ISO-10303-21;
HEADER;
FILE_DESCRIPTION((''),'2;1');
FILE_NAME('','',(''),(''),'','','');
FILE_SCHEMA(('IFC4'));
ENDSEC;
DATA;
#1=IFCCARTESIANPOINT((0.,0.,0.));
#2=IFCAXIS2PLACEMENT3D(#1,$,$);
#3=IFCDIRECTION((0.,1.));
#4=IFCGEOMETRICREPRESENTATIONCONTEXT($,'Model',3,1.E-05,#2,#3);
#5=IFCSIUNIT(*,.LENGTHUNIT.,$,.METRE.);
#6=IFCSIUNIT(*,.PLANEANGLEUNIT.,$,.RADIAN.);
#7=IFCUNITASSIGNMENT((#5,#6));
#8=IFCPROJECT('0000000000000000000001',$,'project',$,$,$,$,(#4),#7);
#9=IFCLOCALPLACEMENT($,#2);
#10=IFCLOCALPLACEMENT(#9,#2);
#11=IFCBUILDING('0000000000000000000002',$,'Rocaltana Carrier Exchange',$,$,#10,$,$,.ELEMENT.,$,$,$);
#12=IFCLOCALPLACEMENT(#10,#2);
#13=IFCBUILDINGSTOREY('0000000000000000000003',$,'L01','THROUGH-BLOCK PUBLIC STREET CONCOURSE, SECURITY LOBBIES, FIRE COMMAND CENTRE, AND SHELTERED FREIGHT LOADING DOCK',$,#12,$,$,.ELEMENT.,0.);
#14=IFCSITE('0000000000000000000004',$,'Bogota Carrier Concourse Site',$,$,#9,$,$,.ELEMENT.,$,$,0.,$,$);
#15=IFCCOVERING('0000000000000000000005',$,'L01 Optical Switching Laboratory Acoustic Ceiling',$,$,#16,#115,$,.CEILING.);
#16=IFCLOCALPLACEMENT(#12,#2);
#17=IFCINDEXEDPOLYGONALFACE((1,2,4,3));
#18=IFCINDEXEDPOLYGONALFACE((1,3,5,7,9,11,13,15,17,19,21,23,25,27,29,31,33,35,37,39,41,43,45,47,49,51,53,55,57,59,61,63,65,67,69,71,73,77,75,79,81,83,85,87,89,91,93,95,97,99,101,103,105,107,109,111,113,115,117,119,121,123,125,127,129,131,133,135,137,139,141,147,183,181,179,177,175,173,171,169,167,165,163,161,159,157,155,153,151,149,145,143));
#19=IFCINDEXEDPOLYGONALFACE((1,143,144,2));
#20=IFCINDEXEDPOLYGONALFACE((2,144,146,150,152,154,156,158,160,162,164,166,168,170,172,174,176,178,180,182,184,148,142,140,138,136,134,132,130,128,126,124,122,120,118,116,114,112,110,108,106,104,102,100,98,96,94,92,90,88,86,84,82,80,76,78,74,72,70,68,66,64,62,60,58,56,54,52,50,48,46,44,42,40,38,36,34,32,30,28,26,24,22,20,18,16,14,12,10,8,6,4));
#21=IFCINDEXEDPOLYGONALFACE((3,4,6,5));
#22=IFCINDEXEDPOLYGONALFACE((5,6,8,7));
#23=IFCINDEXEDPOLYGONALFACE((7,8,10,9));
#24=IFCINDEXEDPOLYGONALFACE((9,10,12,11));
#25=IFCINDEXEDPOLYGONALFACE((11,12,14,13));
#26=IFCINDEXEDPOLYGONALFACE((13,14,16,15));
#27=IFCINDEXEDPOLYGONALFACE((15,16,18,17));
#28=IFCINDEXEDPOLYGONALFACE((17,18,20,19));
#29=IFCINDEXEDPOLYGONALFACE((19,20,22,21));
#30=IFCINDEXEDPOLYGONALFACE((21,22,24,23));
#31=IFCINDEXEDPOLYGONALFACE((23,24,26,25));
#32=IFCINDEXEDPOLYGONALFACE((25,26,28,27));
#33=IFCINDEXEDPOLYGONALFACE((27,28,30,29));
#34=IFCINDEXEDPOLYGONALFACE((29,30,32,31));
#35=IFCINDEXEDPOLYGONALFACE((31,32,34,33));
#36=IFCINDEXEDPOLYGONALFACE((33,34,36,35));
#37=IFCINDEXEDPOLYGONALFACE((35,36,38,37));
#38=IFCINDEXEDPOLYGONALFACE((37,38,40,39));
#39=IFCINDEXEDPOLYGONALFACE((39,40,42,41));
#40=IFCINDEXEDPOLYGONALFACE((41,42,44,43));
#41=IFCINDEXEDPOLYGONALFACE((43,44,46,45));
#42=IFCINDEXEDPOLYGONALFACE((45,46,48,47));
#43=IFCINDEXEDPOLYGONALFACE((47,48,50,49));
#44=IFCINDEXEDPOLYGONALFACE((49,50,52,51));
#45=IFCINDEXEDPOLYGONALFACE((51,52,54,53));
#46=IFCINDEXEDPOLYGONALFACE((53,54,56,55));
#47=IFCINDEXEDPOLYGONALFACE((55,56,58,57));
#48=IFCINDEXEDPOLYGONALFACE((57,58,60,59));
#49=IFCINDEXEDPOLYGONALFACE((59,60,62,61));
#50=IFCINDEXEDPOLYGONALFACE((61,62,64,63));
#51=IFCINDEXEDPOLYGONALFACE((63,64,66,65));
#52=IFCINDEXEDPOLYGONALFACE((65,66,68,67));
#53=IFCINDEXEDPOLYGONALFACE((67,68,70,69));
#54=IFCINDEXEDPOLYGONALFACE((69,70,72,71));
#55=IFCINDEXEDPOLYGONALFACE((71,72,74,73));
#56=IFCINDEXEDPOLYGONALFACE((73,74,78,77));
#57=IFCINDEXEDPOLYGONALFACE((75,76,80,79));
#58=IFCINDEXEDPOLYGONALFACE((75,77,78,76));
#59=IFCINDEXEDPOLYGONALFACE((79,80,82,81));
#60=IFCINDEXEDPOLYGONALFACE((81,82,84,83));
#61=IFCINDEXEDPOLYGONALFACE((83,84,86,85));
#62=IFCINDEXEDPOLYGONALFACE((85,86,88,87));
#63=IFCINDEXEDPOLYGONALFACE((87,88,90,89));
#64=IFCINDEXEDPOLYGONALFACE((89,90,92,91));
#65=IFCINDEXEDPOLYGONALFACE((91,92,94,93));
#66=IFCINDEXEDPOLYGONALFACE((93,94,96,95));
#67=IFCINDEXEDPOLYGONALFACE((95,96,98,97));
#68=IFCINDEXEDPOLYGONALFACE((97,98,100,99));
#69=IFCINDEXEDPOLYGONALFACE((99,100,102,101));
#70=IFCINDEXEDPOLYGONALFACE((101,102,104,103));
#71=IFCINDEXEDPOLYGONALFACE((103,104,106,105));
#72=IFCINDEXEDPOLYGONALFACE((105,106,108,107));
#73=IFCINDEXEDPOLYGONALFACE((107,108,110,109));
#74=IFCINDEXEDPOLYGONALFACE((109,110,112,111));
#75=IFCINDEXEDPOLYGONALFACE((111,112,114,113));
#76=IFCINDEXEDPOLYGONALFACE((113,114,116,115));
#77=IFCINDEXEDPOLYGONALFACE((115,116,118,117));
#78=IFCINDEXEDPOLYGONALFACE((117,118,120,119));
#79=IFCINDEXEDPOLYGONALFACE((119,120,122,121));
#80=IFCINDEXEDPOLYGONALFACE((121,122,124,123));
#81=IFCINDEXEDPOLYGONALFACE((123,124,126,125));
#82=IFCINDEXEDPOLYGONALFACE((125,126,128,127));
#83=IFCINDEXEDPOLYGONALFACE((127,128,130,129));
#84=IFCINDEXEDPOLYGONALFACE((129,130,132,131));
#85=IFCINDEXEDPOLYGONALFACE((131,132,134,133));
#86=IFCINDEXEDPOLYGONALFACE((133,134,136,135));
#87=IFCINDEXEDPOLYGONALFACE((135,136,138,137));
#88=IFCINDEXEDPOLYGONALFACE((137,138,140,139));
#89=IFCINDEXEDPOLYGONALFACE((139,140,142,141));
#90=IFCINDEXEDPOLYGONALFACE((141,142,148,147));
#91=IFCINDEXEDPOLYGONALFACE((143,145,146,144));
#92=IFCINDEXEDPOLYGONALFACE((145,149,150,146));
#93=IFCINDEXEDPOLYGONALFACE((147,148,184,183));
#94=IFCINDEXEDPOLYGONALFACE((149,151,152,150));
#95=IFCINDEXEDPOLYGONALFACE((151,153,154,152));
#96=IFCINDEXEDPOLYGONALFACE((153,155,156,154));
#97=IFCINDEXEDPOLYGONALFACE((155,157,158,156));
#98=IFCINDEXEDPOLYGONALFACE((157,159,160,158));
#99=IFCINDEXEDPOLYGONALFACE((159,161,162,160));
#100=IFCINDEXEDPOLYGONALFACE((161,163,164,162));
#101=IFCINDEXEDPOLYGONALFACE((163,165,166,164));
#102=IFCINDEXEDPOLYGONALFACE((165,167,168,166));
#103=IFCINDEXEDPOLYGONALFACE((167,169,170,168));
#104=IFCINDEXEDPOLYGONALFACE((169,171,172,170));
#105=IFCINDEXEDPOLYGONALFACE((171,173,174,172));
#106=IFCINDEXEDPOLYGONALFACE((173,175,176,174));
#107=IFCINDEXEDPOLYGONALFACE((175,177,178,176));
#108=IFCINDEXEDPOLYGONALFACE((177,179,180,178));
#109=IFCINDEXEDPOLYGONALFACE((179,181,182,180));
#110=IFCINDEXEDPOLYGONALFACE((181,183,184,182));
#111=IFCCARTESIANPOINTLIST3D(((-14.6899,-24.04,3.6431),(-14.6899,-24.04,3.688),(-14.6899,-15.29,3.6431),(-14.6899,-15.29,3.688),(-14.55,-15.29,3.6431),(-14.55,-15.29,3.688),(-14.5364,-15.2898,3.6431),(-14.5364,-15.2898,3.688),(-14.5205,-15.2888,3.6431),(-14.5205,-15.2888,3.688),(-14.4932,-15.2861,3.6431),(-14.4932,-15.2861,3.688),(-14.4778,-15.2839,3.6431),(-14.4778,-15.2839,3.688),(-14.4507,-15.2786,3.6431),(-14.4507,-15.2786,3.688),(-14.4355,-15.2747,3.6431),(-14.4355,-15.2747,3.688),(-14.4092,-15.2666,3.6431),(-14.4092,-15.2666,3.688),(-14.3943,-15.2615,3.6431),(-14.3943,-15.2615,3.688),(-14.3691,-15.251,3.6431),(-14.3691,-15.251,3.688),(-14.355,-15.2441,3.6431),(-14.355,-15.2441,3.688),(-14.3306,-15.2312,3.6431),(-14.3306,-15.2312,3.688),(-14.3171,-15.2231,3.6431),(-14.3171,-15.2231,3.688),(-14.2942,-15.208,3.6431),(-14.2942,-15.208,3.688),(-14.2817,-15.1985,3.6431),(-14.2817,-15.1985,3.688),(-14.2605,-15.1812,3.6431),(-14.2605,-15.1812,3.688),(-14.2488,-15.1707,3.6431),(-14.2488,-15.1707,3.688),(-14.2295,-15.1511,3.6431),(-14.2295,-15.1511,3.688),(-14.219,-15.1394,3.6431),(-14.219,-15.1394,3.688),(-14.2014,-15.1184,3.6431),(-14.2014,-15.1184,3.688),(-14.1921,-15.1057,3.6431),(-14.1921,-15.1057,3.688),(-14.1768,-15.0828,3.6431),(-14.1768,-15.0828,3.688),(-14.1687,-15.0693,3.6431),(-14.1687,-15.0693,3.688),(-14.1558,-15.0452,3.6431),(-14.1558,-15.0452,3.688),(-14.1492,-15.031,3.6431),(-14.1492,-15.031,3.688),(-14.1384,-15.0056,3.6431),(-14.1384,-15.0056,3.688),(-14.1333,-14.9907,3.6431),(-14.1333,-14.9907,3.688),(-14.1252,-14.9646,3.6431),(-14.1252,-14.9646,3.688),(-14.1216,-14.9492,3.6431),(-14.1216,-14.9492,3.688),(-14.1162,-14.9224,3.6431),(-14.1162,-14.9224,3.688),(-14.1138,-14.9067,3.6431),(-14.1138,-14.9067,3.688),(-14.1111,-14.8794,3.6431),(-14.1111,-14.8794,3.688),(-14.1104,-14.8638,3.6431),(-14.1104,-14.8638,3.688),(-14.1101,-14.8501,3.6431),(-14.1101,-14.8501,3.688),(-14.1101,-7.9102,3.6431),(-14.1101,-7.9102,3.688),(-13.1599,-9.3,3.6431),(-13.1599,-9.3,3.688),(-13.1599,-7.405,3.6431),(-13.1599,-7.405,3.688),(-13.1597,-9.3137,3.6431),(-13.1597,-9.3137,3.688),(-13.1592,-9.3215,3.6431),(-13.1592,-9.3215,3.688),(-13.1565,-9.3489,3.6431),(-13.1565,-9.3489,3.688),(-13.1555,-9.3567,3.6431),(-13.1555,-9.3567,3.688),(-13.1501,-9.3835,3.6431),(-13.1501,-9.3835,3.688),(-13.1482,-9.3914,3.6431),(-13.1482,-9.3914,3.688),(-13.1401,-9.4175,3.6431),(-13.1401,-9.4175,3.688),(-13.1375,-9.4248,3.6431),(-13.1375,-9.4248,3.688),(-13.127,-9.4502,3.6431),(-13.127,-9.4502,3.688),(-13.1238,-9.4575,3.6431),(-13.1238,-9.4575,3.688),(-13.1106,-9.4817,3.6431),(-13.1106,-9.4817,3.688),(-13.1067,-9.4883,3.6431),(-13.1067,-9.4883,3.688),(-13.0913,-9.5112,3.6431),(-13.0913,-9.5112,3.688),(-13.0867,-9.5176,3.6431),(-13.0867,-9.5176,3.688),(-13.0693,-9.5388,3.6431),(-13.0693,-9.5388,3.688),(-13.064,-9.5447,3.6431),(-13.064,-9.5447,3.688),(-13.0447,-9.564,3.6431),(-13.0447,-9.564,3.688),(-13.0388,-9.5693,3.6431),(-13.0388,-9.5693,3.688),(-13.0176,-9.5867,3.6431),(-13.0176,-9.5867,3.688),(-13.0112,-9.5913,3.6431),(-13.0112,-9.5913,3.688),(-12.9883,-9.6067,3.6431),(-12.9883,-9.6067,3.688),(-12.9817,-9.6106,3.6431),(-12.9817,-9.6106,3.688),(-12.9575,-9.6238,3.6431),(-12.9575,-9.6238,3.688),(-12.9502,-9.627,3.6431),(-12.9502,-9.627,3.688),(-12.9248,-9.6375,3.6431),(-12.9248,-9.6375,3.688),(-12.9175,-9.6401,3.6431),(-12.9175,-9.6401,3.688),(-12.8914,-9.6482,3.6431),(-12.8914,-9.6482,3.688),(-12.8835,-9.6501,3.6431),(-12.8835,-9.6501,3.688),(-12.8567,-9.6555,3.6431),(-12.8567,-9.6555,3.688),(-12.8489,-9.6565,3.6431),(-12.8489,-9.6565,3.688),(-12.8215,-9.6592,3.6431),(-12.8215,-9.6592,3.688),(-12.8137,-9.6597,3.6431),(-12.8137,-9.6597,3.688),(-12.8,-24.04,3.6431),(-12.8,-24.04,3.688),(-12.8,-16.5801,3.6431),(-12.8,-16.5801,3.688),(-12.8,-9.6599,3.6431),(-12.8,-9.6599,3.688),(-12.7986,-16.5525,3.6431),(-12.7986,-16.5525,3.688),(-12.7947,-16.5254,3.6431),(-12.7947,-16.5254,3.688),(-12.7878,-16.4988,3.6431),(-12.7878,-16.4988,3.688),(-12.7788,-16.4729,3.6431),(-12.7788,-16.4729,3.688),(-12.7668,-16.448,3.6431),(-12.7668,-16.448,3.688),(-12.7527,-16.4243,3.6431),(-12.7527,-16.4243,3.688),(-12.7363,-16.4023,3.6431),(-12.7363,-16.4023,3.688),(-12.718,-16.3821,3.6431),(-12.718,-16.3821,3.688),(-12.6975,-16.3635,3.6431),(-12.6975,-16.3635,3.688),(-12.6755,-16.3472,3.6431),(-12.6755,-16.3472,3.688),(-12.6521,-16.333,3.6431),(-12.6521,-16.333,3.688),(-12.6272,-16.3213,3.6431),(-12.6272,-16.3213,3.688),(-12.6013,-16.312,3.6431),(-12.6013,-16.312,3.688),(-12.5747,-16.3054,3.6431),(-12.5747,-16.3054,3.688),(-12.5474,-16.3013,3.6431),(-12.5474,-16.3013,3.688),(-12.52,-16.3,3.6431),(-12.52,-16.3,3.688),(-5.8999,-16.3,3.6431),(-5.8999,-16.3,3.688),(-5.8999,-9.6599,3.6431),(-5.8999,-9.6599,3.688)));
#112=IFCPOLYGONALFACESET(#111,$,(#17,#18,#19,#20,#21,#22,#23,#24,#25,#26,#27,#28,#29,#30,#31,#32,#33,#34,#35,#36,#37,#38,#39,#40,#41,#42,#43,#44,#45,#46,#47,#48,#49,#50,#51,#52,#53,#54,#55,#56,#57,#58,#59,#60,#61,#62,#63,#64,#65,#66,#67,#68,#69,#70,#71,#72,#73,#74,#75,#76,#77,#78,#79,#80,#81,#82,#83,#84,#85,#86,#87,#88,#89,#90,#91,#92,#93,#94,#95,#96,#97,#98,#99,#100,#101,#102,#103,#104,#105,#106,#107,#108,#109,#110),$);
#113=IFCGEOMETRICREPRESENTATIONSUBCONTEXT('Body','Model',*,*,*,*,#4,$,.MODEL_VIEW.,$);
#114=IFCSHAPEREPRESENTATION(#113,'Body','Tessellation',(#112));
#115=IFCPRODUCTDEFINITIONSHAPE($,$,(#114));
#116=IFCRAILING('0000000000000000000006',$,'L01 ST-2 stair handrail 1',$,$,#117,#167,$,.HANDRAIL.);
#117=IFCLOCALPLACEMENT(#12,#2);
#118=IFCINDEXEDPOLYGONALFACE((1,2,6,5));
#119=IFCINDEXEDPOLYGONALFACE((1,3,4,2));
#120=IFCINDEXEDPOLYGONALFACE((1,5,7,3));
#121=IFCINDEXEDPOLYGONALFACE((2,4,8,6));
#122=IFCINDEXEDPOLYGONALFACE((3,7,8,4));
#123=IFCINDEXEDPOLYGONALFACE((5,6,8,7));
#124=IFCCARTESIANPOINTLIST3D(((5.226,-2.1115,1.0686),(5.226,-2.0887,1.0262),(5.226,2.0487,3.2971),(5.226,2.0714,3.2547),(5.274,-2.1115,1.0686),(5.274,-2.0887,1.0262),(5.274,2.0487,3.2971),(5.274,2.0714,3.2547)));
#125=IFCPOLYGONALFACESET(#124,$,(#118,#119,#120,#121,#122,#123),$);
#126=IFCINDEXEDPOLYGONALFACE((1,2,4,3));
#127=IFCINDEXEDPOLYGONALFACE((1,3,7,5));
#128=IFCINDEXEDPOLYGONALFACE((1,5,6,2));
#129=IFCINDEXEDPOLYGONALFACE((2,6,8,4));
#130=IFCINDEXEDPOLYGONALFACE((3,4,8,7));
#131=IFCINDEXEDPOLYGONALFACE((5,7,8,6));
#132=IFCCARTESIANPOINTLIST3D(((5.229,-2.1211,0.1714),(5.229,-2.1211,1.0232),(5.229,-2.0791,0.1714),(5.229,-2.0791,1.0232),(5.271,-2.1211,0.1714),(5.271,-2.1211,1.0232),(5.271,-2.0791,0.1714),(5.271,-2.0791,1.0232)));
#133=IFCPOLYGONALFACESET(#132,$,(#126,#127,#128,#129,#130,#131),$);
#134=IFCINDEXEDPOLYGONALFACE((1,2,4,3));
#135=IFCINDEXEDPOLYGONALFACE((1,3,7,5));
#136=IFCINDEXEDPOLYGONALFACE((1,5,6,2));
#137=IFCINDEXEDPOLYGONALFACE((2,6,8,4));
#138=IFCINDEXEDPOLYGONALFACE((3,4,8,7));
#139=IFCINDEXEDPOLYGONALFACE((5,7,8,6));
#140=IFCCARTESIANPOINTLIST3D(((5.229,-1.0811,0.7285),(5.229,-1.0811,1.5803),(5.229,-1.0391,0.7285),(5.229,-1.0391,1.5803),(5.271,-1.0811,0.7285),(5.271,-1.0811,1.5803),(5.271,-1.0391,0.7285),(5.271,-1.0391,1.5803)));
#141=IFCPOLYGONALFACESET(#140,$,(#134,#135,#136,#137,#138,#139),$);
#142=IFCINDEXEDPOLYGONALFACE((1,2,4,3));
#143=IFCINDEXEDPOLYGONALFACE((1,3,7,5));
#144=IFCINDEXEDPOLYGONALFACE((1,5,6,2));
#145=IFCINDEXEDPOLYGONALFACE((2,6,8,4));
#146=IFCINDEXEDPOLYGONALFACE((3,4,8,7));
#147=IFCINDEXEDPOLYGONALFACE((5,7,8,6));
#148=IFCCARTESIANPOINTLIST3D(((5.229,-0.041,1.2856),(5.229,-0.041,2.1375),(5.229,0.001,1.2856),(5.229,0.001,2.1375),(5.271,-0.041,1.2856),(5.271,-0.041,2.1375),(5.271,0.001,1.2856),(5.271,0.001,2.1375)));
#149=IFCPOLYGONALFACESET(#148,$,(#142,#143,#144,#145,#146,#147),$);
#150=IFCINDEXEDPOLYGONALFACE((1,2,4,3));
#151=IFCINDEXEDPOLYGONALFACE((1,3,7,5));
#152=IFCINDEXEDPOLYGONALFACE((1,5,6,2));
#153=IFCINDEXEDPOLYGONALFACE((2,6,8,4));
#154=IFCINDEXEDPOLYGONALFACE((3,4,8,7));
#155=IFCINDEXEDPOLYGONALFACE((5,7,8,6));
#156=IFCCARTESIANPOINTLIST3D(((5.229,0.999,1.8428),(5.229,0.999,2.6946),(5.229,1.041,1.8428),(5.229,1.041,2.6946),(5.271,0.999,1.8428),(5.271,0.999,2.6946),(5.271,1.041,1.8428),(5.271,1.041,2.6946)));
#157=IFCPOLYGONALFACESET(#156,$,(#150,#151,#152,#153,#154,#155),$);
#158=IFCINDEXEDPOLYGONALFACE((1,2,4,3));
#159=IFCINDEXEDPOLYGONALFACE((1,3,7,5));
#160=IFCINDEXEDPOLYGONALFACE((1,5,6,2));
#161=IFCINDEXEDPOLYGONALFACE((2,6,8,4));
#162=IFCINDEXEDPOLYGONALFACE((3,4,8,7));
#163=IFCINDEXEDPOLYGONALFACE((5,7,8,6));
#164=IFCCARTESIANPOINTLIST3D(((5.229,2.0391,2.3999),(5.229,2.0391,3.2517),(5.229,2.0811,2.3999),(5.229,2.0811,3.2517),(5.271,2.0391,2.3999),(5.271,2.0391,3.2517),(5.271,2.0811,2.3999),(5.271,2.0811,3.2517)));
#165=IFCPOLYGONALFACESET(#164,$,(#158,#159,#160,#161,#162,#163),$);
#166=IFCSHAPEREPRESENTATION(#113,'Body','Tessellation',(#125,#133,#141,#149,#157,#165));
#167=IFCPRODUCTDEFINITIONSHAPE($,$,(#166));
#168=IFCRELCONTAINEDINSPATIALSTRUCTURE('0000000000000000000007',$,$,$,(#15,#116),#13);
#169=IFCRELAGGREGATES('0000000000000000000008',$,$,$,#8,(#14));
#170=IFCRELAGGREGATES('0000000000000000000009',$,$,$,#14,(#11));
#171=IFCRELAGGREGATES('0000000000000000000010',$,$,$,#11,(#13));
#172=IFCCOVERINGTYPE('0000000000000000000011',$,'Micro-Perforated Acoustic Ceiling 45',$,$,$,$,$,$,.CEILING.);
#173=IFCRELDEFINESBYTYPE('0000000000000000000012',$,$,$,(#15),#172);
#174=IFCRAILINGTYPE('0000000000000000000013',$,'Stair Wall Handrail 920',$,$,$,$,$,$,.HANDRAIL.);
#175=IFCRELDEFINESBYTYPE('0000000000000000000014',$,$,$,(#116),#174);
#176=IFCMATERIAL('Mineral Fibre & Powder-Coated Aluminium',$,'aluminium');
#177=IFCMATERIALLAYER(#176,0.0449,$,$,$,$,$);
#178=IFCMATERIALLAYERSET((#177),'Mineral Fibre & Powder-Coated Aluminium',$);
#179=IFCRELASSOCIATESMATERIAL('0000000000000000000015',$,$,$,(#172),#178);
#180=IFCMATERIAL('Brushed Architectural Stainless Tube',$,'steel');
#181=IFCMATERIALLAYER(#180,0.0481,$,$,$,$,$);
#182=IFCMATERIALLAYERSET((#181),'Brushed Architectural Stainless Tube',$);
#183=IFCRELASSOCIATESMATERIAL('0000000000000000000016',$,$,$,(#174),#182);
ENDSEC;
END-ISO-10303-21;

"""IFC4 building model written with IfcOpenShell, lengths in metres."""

from ifc_helpers import new_model, si_unit, direction, frame, origin, origin_2d, place, context, subcontext, project, spatial, polyline, rectangle, outline, extrude, material, layer, layer_set, type_object, element, save


model = new_model("IFC4")

# Units and contexts
model_context = context("Model", 3, precision=1e-05, world=origin(), true_north=direction((0.0, 1.0)))
body_context = subcontext(model_context, "Body", "Model", "MODEL_VIEW")
ifc_project = project(units=[si_unit("LENGTHUNIT", "METRE"), si_unit("PLANEANGLEUNIT", "RADIAN")], contexts=[model_context])

# Site, building, storey
site_placement = place(None, origin())
site = spatial("IfcSite", under=ifc_project, at=site_placement, Name="Bogota Carrier Concourse Site", CompositionType="ELEMENT", RefElevation=0.0)
building_placement = place(site_placement, origin())
building = spatial("IfcBuilding", under=site, at=building_placement, Name="Rocaltana Carrier Exchange", CompositionType="ELEMENT")
storey_placement = place(building_placement, origin())
storey = spatial("IfcBuildingStorey", under=building, at=storey_placement, Name="L01", Description="THROUGH-BLOCK PUBLIC STREET CONCOURSE, SECURITY LOBBIES, FIRE COMMAND CENTRE, AND SHELTERED FREIGHT LOADING DOCK", CompositionType="ELEMENT", Elevation=0.0)

# Covering
ifc_material_1 = material(Name="Mineral Fibre & Powder-Coated Aluminium", Category="aluminium")
ifc_layer_1 = layer(ifc_material_1, 0.0449)
ifc_layer_set_1 = layer_set([ifc_layer_1], Name="Mineral Fibre & Powder-Coated Aluminium")
covering_type_1 = type_object("IfcCoveringType", Name="Micro-Perforated Acoustic Ceiling 45", PredefinedType="CEILING", material=ifc_layer_set_1)
covering_1_placement = place(storey_placement, frame((0.0, 0.0, 3.6431)))
element("IfcCovering", 1, at=covering_1_placement, inside=storey, type_object=covering_type_1, Name="L01 Optical Switching Laboratory Acoustic Ceiling", PredefinedType="CEILING", context=body_context, shape_type="SweptSolid", body=[
    extrude(outline(polyline([(-13.1599, -9.3), (-13.1597, -9.3137), (-13.1592, -9.3215), (-13.1565, -9.3489), (-13.1555, -9.3567), (-13.1501, -9.3835), (-13.1482, -9.3914), (-13.1401, -9.4175), (-13.1375, -9.4248), (-13.127, -9.4502), (-13.1238, -9.4575), (-13.1106, -9.4817), (-13.1067, -9.4883), (-13.0913, -9.5112), (-13.0867, -9.5176), (-13.0693, -9.5388), (-13.064, -9.5447), (-13.0447, -9.564), (-13.0388, -9.5693), (-13.0176, -9.5867), (-13.0112, -9.5913), (-12.9883, -9.6067), (-12.9817, -9.6106), (-12.9575, -9.6238), (-12.9502, -9.627), (-12.9248, -9.6375), (-12.9175, -9.6401), (-12.8914, -9.6482), (-12.8835, -9.6501), (-12.8567, -9.6555), (-12.8489, -9.6565), (-12.8215, -9.6592), (-12.8137, -9.6597), (-12.8, -9.6599), (-5.8999, -9.6599), (-5.8999, -16.3), (-12.52, -16.3), (-12.5474, -16.3013), (-12.5747, -16.3054), (-12.6013, -16.312), (-12.6272, -16.3213), (-12.6521, -16.333), (-12.6755, -16.3472), (-12.6975, -16.3635), (-12.718, -16.3821), (-12.7363, -16.4023), (-12.7527, -16.4243), (-12.7668, -16.448), (-12.7788, -16.4729), (-12.7878, -16.4988), (-12.7947, -16.5254), (-12.7986, -16.5525), (-12.8, -16.5801), (-12.8, -24.04), (-14.6899, -24.04), (-14.6899, -15.29), (-14.55, -15.29), (-14.5364, -15.2898), (-14.5205, -15.2888), (-14.4932, -15.2861), (-14.4778, -15.2839), (-14.4507, -15.2786), (-14.4355, -15.2747), (-14.4092, -15.2666), (-14.3943, -15.2615), (-14.3691, -15.251), (-14.355, -15.2441), (-14.3306, -15.2312), (-14.3171, -15.2231), (-14.2942, -15.208), (-14.2817, -15.1985), (-14.2605, -15.1812), (-14.2488, -15.1707), (-14.2295, -15.1511), (-14.219, -15.1394), (-14.2014, -15.1184), (-14.1921, -15.1057), (-14.1768, -15.0828), (-14.1687, -15.0693), (-14.1558, -15.0452), (-14.1492, -15.031), (-14.1384, -15.0056), (-14.1333, -14.9907), (-14.1252, -14.9646), (-14.1216, -14.9492), (-14.1162, -14.9224), (-14.1138, -14.9067), (-14.1111, -14.8794), (-14.1104, -14.8638), (-14.1101, -14.8501), (-14.1101, -7.9102), (-13.1599, -7.405), (-13.1599, -9.3)])), origin(), (0.0, 0.0, 1.0), 0.0449),
])

# Railing
ifc_material_2 = material(Name="Brushed Architectural Stainless Tube", Category="steel")
ifc_layer_2 = layer(ifc_material_2, 0.0481)
ifc_layer_set_2 = layer_set([ifc_layer_2], Name="Brushed Architectural Stainless Tube")
railing_type_1 = type_object("IfcRailingType", Name="Stair Wall Handrail 920", PredefinedType="HANDRAIL", material=ifc_layer_set_2)
railing_1_placement = place(storey_placement, frame((5.25, -2.1001, 0.1714)))
element("IfcRailing", 2, at=railing_1_placement, inside=storey, type_object=railing_type_1, Name="L01 ST-2 stair handrail 1", PredefinedType="HANDRAIL", context=body_context, shape_type="SweptSolid", body=[
    extrude(rectangle(XDim=0.0481, YDim=0.0481, at=origin_2d()), frame((0.0, 0.0, 0.876), z_axis=(0.0, 0.881492, 0.472198), x_axis=(-1.0, 0.0, 0.0)), (0.0, 0.0, 1.0), 4.7195),
    extrude(rectangle(XDim=0.042, YDim=0.042, at=origin_2d()), origin(), (0.0, 0.0, 1.0), 0.8518),
    extrude(rectangle(XDim=0.042, YDim=0.042, at=origin_2d()), frame((0.0, 1.04, 0.5571)), (0.0, 0.0, 1.0), 0.8518),
    extrude(rectangle(XDim=0.042, YDim=0.042, at=origin_2d()), frame((0.0, 2.0801, 1.1143)), (0.0, 0.0, 1.0), 0.8518),
    extrude(rectangle(XDim=0.042, YDim=0.042, at=origin_2d()), frame((0.0, 3.1201, 1.6714)), (0.0, 0.0, 1.0), 0.8518),
    extrude(rectangle(XDim=0.042, YDim=0.042, at=origin_2d()), frame((0.0, 4.1602, 2.2285)), (0.0, 0.0, 1.0), 0.8518),
])

save(model, "model.ifc")
